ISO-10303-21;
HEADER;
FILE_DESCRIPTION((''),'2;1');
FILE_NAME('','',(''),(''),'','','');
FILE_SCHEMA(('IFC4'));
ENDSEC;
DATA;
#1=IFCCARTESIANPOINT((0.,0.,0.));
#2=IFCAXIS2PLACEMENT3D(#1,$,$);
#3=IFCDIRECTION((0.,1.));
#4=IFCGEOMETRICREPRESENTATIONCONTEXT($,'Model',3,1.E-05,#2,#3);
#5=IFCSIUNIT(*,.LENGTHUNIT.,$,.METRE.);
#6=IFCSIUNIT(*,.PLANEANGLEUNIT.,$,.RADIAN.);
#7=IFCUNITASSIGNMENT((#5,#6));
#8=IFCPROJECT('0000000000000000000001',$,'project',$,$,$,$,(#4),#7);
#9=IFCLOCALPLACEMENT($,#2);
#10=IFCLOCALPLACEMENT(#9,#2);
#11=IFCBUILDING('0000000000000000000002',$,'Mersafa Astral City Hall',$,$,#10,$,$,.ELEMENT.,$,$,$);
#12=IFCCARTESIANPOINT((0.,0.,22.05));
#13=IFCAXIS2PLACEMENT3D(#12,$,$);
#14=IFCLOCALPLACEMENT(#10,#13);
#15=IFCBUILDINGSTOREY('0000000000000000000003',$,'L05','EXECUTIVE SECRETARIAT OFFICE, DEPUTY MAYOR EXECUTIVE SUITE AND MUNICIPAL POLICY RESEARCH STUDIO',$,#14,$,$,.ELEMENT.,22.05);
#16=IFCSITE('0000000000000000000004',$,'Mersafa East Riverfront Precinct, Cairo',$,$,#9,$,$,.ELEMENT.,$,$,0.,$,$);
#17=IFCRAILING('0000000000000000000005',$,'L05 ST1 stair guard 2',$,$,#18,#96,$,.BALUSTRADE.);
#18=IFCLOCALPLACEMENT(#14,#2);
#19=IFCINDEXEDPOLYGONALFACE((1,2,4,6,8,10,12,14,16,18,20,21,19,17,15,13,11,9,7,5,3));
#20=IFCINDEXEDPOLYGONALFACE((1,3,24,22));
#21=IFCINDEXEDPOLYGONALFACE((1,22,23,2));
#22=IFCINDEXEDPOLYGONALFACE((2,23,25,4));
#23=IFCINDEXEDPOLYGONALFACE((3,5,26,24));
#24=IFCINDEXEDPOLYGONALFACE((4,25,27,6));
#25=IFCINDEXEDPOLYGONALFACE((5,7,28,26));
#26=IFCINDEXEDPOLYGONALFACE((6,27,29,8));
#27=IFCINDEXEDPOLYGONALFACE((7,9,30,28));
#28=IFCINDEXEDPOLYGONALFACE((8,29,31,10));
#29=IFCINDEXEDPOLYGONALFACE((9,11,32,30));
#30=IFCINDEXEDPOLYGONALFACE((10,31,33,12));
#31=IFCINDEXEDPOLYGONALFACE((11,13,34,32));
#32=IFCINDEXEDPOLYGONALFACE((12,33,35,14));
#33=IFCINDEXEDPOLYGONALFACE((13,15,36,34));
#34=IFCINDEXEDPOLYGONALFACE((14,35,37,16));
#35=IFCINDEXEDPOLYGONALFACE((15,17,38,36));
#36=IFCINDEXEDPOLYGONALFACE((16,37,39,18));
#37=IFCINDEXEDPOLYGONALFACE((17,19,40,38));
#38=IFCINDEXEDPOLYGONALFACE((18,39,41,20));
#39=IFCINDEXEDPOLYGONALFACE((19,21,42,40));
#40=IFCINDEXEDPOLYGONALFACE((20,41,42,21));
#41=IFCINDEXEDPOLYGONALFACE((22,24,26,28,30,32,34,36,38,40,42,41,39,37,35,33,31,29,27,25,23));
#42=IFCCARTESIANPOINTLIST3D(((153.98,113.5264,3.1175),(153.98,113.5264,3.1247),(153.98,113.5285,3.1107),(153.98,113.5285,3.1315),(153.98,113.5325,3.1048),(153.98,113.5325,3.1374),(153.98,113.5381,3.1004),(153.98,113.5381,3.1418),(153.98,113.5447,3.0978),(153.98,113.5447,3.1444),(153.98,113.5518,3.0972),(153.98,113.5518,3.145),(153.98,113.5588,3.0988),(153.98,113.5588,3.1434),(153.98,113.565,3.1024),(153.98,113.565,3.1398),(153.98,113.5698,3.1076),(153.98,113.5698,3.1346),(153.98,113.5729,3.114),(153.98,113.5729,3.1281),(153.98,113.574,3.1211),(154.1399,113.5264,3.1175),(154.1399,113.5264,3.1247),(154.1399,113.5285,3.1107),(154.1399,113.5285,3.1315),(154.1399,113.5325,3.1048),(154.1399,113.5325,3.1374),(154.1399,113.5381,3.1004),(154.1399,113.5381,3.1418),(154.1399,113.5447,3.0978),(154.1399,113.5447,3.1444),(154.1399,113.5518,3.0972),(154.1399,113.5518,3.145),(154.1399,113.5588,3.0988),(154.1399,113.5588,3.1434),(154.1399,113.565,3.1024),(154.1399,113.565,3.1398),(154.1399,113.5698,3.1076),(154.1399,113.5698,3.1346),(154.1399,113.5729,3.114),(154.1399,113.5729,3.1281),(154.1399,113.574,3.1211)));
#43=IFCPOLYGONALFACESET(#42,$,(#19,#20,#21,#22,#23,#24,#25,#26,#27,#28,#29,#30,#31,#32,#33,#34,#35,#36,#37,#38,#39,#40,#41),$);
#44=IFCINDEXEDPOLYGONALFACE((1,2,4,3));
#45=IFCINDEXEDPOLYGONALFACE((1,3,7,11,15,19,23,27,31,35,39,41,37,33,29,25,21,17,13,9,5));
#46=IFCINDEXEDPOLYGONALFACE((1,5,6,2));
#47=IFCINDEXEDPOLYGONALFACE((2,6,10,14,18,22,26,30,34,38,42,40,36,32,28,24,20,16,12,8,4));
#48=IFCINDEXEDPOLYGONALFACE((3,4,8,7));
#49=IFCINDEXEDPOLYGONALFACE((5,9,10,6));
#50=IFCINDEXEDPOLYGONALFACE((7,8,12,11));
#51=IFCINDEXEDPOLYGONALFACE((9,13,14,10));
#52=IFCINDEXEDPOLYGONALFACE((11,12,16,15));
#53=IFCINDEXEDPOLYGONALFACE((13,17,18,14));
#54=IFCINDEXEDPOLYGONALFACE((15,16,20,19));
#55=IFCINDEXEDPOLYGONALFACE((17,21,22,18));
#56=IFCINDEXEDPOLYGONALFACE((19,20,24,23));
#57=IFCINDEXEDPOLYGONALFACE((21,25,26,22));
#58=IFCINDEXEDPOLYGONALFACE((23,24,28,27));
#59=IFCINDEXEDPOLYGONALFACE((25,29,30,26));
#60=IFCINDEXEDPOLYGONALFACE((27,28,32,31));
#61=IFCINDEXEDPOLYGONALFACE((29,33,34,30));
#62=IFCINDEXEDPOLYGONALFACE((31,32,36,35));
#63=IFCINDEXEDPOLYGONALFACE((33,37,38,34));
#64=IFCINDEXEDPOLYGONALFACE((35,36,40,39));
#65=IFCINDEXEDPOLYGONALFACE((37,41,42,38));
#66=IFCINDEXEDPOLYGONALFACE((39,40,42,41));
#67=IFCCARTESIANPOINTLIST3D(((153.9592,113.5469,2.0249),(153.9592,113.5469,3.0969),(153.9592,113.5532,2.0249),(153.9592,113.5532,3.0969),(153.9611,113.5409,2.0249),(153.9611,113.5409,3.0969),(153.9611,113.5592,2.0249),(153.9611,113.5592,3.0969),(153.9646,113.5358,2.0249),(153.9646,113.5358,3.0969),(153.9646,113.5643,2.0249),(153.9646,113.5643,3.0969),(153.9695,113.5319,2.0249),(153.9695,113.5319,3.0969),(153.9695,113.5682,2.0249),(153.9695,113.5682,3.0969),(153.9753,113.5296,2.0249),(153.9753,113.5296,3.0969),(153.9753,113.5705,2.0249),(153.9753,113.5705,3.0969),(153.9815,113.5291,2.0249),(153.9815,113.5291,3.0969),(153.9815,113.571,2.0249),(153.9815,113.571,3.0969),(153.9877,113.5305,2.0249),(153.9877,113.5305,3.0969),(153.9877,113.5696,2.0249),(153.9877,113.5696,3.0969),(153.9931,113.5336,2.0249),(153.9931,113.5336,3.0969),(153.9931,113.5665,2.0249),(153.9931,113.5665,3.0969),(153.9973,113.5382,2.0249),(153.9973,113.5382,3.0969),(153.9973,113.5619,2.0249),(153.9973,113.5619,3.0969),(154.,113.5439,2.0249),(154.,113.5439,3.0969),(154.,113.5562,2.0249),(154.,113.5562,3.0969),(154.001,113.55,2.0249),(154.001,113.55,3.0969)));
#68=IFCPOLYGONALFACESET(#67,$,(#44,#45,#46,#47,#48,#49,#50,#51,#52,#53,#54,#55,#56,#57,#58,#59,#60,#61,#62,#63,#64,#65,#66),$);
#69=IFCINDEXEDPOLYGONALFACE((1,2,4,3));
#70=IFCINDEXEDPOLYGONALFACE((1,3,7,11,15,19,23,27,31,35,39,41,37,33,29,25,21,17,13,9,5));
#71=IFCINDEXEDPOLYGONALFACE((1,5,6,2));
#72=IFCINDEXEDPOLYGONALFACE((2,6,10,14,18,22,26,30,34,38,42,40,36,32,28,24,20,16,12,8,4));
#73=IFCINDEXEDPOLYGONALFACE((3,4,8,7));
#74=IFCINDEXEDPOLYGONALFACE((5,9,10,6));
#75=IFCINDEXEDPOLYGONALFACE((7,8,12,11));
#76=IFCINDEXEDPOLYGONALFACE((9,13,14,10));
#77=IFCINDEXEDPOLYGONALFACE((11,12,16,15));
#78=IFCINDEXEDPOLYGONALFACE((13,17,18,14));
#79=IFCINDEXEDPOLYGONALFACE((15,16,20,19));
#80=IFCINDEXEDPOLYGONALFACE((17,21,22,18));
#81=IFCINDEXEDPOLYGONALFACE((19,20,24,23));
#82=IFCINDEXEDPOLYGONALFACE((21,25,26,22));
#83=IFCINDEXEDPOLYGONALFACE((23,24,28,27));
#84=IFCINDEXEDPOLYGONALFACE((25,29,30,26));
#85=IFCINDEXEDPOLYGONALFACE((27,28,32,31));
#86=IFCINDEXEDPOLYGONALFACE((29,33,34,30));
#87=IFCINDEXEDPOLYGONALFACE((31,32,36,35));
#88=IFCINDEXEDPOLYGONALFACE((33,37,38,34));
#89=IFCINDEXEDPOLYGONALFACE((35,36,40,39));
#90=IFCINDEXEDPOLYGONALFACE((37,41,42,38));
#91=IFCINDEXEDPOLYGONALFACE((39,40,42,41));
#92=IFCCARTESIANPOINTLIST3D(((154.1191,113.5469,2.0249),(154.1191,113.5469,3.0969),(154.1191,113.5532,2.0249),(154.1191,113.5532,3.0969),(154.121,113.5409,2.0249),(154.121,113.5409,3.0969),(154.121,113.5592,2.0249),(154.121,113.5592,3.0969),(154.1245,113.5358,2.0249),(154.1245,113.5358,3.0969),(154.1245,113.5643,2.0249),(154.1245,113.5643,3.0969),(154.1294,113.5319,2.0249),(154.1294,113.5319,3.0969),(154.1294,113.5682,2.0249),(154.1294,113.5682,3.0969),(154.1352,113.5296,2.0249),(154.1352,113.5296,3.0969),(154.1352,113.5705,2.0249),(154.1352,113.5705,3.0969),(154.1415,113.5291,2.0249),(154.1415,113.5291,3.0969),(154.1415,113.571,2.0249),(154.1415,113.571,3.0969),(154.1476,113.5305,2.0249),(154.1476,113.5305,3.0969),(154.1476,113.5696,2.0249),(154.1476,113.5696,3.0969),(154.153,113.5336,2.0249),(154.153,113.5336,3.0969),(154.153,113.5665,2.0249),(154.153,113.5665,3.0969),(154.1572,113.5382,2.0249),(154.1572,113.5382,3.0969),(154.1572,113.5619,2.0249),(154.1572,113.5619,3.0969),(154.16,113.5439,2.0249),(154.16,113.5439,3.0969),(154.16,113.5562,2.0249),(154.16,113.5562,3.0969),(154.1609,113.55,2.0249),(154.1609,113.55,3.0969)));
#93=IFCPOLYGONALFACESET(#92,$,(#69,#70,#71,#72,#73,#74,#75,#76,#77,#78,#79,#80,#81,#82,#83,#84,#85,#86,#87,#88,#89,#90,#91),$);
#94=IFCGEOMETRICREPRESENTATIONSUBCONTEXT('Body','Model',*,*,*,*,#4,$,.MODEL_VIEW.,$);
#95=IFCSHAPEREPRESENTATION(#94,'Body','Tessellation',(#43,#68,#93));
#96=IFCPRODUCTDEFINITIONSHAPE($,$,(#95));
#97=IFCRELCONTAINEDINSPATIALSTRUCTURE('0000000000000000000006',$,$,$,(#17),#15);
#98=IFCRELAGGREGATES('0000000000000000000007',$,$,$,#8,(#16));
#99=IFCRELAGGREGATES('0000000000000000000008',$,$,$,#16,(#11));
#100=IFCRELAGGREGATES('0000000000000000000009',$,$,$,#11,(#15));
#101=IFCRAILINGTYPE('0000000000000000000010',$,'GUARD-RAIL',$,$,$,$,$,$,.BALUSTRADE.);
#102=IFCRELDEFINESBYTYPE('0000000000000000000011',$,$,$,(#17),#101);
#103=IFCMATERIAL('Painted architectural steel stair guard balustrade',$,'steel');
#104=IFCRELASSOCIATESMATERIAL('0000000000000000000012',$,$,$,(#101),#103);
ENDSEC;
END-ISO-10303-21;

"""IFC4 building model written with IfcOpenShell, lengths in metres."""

from ifc_helpers import new_model, si_unit, direction, frame, origin, origin_2d, place, context, subcontext, project, spatial, circle, extrude, material, type_object, element, save


model = new_model("IFC4")

# Units and contexts
model_context = context("Model", 3, precision=1e-05, world=origin(), true_north=direction((0.0, 1.0)))
body_context = subcontext(model_context, "Body", "Model", "MODEL_VIEW")
ifc_project = project(units=[si_unit("LENGTHUNIT", "METRE"), si_unit("PLANEANGLEUNIT", "RADIAN")], contexts=[model_context])

# Site, building, storey
site_placement = place(None, origin())
site = spatial("IfcSite", under=ifc_project, at=site_placement, Name="Mersafa East Riverfront Precinct, Cairo", CompositionType="ELEMENT", RefElevation=0.0)
building_placement = place(site_placement, origin())
building = spatial("IfcBuilding", under=site, at=building_placement, Name="Mersafa Astral City Hall", CompositionType="ELEMENT")
storey_placement = place(building_placement, frame((0.0, 0.0, 22.05)))
storey = spatial("IfcBuildingStorey", under=building, at=storey_placement, Name="L05", Description="EXECUTIVE SECRETARIAT OFFICE, DEPUTY MAYOR EXECUTIVE SUITE AND MUNICIPAL POLICY RESEARCH STUDIO", CompositionType="ELEMENT", Elevation=22.05)

# Railing
ifc_material_1 = material(Name="Painted architectural steel stair guard balustrade", Category="steel")
railing_type_1 = type_object("IfcRailingType", Name="GUARD-RAIL", PredefinedType="BALUSTRADE", material=ifc_material_1)
railing_1_placement = place(storey_placement, frame((153.98, 113.55, 2.0249)))
element("IfcRailing", 1, at=railing_1_placement, inside=storey, type_object=railing_type_1, Name="L05 ST1 stair guard 2", PredefinedType="BALUSTRADE", context=body_context, shape_type="SweptSolid", body=[
    extrude(circle(Radius=0.0239, at=origin_2d()), frame((0.0, 0.0, 1.0962), z_axis=(1.0, 0.0, 0.0), x_axis=(0.0, 1.0, 0.0)), (0.0, 0.0, 1.0), 0.1599),
    extrude(circle(Radius=0.021, at=origin_2d()), origin(), (0.0, 0.0, 1.0), 1.072),
    extrude(circle(Radius=0.021, at=origin_2d()), frame((0.1599, 0.0, 0.0)), (0.0, 0.0, 1.0), 1.072),
])

save(model, "model.ifc")
